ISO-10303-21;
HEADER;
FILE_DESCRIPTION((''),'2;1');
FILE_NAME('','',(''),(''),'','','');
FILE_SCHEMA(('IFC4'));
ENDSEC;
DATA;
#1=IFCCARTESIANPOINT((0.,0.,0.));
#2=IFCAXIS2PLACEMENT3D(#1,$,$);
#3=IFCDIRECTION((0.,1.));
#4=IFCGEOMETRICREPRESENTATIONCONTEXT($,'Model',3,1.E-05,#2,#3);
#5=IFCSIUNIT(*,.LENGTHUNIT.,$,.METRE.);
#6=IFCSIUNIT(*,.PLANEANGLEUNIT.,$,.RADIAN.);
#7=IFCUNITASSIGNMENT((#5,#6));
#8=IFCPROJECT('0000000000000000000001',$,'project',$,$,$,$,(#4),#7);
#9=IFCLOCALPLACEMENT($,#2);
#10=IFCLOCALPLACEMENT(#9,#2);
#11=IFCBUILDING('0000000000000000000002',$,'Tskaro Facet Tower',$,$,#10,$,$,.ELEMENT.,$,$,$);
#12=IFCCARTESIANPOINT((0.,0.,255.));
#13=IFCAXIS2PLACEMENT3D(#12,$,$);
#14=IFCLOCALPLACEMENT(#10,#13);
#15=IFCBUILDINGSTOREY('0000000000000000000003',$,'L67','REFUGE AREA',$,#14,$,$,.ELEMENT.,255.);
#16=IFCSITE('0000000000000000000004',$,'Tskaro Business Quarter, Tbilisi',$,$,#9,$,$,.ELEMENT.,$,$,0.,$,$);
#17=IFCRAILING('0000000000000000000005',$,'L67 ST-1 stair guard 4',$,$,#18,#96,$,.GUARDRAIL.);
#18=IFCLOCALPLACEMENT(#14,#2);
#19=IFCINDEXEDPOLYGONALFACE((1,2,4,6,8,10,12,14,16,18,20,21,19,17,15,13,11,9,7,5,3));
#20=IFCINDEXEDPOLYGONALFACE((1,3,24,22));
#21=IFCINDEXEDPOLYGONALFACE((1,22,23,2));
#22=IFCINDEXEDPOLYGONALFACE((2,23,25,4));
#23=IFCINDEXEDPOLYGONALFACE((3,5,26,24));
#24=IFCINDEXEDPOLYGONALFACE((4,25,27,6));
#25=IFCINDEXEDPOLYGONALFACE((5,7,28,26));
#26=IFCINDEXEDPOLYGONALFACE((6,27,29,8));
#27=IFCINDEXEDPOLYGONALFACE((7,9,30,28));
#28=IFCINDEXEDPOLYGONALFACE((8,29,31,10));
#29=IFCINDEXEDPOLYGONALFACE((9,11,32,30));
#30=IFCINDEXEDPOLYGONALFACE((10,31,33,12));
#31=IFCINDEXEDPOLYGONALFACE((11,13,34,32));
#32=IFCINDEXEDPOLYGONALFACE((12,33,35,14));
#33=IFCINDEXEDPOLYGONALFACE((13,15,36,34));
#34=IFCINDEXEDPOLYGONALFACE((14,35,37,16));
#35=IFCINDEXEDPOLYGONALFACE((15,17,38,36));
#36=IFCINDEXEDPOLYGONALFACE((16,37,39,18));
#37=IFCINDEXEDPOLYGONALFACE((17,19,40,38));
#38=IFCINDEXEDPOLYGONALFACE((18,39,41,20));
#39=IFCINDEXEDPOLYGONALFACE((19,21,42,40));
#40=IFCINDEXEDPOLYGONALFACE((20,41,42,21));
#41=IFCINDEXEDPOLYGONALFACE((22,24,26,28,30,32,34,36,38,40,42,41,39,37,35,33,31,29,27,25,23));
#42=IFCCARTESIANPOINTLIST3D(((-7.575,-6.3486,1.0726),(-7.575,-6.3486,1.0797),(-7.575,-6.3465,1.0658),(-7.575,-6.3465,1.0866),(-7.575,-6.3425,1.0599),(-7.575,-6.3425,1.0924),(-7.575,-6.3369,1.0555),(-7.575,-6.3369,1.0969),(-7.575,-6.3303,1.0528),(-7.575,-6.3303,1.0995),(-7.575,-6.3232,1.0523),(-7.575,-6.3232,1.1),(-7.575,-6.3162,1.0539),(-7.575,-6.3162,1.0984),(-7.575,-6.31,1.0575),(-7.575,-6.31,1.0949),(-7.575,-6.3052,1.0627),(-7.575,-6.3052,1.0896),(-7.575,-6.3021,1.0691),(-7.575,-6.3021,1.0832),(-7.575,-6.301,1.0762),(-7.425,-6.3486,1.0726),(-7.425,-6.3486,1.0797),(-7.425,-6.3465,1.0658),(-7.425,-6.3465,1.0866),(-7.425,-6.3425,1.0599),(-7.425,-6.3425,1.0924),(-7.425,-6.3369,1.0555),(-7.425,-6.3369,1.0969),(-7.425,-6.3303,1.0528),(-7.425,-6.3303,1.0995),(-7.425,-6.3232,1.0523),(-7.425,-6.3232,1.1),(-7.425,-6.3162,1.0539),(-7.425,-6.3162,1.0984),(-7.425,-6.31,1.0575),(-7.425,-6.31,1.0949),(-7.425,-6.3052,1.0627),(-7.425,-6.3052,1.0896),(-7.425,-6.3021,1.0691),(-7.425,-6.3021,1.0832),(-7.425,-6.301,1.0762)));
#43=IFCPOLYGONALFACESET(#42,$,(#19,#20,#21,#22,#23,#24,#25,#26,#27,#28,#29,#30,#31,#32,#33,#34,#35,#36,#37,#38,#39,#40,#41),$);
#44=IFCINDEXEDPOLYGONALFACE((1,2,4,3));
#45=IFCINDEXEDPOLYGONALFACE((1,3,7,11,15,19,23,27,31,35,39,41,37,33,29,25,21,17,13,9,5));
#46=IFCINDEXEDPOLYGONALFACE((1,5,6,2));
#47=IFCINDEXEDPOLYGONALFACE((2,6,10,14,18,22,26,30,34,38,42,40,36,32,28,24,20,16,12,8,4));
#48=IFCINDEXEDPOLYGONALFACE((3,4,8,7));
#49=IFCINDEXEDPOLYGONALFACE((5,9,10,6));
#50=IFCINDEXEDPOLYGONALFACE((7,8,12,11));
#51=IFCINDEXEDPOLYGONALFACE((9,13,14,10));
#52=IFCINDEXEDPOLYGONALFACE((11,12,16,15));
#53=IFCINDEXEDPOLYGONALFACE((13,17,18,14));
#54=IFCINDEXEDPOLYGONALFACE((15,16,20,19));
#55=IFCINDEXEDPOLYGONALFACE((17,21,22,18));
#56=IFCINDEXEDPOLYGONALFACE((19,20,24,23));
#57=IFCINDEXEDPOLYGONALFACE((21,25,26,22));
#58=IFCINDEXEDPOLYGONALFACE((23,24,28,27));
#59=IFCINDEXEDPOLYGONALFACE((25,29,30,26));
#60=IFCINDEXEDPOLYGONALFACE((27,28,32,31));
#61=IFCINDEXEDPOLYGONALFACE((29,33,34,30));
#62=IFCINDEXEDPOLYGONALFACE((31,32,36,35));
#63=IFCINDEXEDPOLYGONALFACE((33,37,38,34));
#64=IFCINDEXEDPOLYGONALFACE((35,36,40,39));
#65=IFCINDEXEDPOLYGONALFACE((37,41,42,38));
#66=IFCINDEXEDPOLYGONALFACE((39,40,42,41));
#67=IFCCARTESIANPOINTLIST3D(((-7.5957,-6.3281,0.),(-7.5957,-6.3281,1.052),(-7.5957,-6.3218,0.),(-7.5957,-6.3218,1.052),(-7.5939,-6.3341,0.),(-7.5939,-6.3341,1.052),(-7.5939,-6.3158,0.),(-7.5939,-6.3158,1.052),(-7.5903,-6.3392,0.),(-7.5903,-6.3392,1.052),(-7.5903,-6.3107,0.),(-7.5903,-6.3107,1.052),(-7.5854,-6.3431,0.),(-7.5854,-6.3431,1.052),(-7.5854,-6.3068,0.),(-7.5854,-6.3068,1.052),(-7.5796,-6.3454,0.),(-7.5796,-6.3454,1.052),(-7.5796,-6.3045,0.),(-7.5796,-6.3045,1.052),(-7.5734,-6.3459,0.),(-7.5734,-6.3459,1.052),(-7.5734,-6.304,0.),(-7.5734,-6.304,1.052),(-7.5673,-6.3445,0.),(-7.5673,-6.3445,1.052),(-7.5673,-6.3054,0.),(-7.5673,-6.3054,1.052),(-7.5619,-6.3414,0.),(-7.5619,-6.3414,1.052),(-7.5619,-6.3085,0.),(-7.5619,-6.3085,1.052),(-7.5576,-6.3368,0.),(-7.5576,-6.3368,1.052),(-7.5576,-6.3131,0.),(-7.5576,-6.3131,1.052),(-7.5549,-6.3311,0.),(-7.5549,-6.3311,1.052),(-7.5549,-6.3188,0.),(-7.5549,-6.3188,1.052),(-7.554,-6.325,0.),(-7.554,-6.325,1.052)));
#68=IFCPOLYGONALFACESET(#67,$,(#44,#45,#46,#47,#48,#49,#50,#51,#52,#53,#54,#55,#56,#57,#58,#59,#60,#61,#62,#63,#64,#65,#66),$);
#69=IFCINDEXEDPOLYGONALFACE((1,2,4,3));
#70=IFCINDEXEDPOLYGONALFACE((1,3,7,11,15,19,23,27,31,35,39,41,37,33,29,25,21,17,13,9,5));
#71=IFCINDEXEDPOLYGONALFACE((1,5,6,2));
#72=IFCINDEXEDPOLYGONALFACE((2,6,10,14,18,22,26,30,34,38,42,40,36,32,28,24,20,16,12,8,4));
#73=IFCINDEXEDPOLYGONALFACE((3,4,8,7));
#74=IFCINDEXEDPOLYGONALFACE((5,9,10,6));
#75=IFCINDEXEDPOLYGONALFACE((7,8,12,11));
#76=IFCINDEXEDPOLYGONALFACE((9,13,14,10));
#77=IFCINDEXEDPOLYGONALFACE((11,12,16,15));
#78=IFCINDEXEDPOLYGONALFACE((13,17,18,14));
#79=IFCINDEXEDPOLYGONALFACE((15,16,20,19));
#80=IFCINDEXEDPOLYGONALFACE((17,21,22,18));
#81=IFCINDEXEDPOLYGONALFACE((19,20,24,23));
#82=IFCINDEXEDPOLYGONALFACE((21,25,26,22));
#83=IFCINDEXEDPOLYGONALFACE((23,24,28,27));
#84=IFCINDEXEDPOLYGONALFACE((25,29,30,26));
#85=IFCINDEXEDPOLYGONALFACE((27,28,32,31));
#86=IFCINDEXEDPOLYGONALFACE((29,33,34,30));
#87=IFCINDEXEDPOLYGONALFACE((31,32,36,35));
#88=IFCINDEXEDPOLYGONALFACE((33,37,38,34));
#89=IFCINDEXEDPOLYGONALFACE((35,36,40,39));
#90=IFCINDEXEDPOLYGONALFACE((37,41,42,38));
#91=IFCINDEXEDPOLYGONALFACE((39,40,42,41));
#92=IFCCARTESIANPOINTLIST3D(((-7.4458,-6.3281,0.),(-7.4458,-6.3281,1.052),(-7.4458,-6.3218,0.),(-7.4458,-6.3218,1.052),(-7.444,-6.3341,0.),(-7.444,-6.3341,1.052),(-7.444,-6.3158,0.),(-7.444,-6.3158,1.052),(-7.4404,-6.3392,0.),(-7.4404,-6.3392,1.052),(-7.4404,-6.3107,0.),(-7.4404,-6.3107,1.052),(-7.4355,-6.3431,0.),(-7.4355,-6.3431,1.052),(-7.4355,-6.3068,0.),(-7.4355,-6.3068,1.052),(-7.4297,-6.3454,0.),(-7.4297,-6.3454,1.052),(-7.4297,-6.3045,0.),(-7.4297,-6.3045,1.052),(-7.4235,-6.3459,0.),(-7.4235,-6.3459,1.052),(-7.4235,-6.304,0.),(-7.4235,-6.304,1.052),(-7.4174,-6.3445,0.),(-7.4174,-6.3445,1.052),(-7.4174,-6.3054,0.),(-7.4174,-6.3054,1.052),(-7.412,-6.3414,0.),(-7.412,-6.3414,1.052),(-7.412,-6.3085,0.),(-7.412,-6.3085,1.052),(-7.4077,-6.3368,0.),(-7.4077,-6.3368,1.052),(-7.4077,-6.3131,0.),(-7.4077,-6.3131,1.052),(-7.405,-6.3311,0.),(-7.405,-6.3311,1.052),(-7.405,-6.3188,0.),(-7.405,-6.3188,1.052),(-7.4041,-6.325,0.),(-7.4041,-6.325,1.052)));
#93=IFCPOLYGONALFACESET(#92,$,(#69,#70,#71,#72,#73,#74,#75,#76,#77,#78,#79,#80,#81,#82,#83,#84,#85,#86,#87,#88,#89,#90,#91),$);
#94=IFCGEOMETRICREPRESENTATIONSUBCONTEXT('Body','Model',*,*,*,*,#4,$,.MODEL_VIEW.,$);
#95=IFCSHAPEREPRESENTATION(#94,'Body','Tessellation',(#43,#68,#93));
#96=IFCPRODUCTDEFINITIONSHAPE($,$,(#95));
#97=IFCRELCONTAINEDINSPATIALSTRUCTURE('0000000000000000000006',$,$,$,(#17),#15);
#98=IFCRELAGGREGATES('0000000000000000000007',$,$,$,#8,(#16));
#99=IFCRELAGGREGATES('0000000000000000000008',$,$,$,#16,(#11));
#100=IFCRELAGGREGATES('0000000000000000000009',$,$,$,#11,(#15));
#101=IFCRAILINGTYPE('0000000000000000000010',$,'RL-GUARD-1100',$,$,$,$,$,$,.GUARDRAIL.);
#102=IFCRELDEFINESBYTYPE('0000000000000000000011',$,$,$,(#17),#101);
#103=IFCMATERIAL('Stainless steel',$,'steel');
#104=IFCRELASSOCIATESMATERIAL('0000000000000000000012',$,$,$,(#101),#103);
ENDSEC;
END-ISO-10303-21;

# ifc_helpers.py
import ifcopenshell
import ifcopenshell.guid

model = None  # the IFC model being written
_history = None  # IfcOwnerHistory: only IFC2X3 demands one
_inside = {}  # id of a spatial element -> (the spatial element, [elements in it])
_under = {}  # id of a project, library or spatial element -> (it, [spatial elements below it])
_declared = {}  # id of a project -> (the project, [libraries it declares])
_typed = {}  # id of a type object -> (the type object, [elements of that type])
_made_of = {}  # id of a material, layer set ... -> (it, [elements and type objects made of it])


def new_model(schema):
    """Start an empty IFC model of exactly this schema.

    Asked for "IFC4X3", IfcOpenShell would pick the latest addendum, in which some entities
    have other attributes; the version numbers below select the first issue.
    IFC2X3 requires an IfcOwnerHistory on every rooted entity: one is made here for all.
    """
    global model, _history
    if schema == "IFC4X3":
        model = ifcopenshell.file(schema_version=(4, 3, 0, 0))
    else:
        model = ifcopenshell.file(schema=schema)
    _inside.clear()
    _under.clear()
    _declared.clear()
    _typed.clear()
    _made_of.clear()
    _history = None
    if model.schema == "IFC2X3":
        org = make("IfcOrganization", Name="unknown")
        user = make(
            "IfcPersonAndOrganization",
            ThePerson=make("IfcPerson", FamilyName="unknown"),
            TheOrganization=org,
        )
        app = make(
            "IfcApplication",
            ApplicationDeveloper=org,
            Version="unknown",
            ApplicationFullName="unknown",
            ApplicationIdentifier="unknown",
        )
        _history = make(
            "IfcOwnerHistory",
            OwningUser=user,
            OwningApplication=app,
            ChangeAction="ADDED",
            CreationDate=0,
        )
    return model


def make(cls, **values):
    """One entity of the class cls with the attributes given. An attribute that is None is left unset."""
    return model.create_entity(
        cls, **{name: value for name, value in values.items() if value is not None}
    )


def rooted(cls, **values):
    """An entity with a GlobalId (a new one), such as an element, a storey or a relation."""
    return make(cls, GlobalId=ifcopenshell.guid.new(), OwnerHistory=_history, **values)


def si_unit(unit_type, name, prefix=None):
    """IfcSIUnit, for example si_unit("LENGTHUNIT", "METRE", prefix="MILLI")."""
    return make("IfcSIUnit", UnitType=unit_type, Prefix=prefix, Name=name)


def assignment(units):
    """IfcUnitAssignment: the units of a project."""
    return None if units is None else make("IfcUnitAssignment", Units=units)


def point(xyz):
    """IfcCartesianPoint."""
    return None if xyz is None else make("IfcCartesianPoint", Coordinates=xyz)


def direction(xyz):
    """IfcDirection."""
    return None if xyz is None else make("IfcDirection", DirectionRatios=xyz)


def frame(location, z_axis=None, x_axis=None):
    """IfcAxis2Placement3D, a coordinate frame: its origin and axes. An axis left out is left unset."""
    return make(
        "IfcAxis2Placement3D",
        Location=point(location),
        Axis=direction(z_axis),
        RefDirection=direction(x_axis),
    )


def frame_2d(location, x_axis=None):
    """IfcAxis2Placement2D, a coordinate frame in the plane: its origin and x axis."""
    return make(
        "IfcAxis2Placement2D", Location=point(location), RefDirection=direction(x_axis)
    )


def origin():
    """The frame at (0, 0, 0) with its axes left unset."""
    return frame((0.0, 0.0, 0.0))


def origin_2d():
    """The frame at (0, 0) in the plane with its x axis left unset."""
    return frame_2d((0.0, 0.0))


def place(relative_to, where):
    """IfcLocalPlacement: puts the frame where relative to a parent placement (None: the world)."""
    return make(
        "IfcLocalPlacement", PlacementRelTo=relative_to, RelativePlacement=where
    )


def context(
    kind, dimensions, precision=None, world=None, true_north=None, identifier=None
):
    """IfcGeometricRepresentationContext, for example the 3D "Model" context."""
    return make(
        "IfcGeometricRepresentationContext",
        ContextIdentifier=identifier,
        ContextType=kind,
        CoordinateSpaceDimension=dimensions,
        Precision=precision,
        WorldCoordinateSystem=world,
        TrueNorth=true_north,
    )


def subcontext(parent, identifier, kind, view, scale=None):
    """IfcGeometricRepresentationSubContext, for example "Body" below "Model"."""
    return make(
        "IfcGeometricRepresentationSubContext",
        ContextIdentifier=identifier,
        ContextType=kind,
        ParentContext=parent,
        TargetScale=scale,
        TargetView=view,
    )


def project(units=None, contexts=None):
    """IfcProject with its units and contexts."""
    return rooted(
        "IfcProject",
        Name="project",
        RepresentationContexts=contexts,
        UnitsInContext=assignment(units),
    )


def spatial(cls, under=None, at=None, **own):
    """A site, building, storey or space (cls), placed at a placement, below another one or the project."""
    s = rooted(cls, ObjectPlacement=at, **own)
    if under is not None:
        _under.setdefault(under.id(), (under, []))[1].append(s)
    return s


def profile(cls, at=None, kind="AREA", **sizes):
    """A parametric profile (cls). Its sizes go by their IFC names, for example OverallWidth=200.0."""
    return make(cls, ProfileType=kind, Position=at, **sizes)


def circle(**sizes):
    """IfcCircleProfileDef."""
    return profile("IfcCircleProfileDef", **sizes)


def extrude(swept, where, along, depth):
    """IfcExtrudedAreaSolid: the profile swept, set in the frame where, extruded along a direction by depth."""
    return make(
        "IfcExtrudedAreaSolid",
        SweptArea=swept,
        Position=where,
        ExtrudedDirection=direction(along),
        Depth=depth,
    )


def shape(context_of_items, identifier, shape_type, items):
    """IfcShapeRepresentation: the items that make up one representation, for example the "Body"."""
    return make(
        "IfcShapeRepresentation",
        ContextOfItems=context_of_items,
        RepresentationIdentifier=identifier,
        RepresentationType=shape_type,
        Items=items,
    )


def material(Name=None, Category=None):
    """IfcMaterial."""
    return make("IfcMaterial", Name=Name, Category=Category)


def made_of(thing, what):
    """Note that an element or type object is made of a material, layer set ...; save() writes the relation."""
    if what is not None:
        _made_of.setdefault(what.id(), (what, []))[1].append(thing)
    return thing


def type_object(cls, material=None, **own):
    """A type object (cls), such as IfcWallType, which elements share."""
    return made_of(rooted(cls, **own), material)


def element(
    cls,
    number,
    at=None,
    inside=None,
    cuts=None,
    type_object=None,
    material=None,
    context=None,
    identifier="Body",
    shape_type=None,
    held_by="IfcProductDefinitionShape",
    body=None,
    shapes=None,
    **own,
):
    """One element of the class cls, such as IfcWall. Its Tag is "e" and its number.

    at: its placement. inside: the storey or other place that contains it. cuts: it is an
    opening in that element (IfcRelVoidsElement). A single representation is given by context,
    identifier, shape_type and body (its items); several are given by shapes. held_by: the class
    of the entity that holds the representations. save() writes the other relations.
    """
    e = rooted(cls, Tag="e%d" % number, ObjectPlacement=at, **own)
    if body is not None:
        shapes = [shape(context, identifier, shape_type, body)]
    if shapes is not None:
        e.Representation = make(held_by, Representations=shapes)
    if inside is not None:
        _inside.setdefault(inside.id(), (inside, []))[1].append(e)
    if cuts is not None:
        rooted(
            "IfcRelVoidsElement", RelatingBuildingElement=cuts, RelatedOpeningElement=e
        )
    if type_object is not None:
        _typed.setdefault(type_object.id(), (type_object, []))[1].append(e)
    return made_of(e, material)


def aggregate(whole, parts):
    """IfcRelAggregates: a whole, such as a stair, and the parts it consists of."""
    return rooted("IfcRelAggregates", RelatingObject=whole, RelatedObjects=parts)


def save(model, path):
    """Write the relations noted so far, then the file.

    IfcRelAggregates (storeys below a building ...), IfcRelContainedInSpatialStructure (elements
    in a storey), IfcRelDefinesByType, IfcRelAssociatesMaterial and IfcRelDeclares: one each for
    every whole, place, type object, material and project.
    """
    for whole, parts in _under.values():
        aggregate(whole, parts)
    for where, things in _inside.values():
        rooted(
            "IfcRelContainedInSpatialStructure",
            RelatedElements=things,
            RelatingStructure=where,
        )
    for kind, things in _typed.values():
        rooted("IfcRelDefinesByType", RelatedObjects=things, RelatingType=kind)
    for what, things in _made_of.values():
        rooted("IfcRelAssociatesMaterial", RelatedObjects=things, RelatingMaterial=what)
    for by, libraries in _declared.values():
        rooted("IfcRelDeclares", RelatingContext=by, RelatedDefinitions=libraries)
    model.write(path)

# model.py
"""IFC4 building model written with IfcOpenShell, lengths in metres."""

from ifc_helpers import new_model, si_unit, direction, frame, origin, origin_2d, place, context, subcontext, project, spatial, circle, extrude, material, type_object, element, save


model = new_model("IFC4")

# Units and contexts
model_context = context("Model", 3, precision=1e-05, world=origin(), true_north=direction((0.0, 1.0)))
body_context = subcontext(model_context, "Body", "Model", "MODEL_VIEW")
ifc_project = project(units=[si_unit("LENGTHUNIT", "METRE"), si_unit("PLANEANGLEUNIT", "RADIAN")], contexts=[model_context])

# Site, building, storey
site_placement = place(None, origin())
site = spatial("IfcSite", under=ifc_project, at=site_placement, Name="Tskaro Business Quarter, Tbilisi", CompositionType="ELEMENT", RefElevation=0.0)
building_placement = place(site_placement, origin())
building = spatial("IfcBuilding", under=site, at=building_placement, Name="Tskaro Facet Tower", CompositionType="ELEMENT")
storey_placement = place(building_placement, frame((0.0, 0.0, 255.0)))
storey = spatial("IfcBuildingStorey", under=building, at=storey_placement, Name="L67", Description="REFUGE AREA", CompositionType="ELEMENT", Elevation=255.0)

# Shared definitions
ifc_material_1 = material(Name="Stainless steel", Category="steel")

# Railing
railing_type_1 = type_object("IfcRailingType", Name="RL-GUARD-1100", PredefinedType="GUARDRAIL", material=ifc_material_1)
railing_1_placement = place(storey_placement, frame((-7.575, -6.325, 0.0)))
element("IfcRailing", 1, at=railing_1_placement, inside=storey, type_object=railing_type_1, Name="L67 ST-1 stair guard 4", PredefinedType="GUARDRAIL", context=body_context, shape_type="SweptSolid", body=[
    extrude(circle(Radius=0.0239, at=origin_2d()), frame((0.0, 0.0, 1.0762), z_axis=(1.0, 0.0, 0.0), x_axis=(0.0, 1.0, 0.0)), (0.0, 0.0, 1.0), 0.1499),
    extrude(circle(Radius=0.021, at=origin_2d()), origin(), (0.0, 0.0, 1.0), 1.052),
    extrude(circle(Radius=0.021, at=origin_2d()), frame((0.1499, 0.0, 0.0)), (0.0, 0.0, 1.0), 1.052),
])

save(model, "model.ifc")
